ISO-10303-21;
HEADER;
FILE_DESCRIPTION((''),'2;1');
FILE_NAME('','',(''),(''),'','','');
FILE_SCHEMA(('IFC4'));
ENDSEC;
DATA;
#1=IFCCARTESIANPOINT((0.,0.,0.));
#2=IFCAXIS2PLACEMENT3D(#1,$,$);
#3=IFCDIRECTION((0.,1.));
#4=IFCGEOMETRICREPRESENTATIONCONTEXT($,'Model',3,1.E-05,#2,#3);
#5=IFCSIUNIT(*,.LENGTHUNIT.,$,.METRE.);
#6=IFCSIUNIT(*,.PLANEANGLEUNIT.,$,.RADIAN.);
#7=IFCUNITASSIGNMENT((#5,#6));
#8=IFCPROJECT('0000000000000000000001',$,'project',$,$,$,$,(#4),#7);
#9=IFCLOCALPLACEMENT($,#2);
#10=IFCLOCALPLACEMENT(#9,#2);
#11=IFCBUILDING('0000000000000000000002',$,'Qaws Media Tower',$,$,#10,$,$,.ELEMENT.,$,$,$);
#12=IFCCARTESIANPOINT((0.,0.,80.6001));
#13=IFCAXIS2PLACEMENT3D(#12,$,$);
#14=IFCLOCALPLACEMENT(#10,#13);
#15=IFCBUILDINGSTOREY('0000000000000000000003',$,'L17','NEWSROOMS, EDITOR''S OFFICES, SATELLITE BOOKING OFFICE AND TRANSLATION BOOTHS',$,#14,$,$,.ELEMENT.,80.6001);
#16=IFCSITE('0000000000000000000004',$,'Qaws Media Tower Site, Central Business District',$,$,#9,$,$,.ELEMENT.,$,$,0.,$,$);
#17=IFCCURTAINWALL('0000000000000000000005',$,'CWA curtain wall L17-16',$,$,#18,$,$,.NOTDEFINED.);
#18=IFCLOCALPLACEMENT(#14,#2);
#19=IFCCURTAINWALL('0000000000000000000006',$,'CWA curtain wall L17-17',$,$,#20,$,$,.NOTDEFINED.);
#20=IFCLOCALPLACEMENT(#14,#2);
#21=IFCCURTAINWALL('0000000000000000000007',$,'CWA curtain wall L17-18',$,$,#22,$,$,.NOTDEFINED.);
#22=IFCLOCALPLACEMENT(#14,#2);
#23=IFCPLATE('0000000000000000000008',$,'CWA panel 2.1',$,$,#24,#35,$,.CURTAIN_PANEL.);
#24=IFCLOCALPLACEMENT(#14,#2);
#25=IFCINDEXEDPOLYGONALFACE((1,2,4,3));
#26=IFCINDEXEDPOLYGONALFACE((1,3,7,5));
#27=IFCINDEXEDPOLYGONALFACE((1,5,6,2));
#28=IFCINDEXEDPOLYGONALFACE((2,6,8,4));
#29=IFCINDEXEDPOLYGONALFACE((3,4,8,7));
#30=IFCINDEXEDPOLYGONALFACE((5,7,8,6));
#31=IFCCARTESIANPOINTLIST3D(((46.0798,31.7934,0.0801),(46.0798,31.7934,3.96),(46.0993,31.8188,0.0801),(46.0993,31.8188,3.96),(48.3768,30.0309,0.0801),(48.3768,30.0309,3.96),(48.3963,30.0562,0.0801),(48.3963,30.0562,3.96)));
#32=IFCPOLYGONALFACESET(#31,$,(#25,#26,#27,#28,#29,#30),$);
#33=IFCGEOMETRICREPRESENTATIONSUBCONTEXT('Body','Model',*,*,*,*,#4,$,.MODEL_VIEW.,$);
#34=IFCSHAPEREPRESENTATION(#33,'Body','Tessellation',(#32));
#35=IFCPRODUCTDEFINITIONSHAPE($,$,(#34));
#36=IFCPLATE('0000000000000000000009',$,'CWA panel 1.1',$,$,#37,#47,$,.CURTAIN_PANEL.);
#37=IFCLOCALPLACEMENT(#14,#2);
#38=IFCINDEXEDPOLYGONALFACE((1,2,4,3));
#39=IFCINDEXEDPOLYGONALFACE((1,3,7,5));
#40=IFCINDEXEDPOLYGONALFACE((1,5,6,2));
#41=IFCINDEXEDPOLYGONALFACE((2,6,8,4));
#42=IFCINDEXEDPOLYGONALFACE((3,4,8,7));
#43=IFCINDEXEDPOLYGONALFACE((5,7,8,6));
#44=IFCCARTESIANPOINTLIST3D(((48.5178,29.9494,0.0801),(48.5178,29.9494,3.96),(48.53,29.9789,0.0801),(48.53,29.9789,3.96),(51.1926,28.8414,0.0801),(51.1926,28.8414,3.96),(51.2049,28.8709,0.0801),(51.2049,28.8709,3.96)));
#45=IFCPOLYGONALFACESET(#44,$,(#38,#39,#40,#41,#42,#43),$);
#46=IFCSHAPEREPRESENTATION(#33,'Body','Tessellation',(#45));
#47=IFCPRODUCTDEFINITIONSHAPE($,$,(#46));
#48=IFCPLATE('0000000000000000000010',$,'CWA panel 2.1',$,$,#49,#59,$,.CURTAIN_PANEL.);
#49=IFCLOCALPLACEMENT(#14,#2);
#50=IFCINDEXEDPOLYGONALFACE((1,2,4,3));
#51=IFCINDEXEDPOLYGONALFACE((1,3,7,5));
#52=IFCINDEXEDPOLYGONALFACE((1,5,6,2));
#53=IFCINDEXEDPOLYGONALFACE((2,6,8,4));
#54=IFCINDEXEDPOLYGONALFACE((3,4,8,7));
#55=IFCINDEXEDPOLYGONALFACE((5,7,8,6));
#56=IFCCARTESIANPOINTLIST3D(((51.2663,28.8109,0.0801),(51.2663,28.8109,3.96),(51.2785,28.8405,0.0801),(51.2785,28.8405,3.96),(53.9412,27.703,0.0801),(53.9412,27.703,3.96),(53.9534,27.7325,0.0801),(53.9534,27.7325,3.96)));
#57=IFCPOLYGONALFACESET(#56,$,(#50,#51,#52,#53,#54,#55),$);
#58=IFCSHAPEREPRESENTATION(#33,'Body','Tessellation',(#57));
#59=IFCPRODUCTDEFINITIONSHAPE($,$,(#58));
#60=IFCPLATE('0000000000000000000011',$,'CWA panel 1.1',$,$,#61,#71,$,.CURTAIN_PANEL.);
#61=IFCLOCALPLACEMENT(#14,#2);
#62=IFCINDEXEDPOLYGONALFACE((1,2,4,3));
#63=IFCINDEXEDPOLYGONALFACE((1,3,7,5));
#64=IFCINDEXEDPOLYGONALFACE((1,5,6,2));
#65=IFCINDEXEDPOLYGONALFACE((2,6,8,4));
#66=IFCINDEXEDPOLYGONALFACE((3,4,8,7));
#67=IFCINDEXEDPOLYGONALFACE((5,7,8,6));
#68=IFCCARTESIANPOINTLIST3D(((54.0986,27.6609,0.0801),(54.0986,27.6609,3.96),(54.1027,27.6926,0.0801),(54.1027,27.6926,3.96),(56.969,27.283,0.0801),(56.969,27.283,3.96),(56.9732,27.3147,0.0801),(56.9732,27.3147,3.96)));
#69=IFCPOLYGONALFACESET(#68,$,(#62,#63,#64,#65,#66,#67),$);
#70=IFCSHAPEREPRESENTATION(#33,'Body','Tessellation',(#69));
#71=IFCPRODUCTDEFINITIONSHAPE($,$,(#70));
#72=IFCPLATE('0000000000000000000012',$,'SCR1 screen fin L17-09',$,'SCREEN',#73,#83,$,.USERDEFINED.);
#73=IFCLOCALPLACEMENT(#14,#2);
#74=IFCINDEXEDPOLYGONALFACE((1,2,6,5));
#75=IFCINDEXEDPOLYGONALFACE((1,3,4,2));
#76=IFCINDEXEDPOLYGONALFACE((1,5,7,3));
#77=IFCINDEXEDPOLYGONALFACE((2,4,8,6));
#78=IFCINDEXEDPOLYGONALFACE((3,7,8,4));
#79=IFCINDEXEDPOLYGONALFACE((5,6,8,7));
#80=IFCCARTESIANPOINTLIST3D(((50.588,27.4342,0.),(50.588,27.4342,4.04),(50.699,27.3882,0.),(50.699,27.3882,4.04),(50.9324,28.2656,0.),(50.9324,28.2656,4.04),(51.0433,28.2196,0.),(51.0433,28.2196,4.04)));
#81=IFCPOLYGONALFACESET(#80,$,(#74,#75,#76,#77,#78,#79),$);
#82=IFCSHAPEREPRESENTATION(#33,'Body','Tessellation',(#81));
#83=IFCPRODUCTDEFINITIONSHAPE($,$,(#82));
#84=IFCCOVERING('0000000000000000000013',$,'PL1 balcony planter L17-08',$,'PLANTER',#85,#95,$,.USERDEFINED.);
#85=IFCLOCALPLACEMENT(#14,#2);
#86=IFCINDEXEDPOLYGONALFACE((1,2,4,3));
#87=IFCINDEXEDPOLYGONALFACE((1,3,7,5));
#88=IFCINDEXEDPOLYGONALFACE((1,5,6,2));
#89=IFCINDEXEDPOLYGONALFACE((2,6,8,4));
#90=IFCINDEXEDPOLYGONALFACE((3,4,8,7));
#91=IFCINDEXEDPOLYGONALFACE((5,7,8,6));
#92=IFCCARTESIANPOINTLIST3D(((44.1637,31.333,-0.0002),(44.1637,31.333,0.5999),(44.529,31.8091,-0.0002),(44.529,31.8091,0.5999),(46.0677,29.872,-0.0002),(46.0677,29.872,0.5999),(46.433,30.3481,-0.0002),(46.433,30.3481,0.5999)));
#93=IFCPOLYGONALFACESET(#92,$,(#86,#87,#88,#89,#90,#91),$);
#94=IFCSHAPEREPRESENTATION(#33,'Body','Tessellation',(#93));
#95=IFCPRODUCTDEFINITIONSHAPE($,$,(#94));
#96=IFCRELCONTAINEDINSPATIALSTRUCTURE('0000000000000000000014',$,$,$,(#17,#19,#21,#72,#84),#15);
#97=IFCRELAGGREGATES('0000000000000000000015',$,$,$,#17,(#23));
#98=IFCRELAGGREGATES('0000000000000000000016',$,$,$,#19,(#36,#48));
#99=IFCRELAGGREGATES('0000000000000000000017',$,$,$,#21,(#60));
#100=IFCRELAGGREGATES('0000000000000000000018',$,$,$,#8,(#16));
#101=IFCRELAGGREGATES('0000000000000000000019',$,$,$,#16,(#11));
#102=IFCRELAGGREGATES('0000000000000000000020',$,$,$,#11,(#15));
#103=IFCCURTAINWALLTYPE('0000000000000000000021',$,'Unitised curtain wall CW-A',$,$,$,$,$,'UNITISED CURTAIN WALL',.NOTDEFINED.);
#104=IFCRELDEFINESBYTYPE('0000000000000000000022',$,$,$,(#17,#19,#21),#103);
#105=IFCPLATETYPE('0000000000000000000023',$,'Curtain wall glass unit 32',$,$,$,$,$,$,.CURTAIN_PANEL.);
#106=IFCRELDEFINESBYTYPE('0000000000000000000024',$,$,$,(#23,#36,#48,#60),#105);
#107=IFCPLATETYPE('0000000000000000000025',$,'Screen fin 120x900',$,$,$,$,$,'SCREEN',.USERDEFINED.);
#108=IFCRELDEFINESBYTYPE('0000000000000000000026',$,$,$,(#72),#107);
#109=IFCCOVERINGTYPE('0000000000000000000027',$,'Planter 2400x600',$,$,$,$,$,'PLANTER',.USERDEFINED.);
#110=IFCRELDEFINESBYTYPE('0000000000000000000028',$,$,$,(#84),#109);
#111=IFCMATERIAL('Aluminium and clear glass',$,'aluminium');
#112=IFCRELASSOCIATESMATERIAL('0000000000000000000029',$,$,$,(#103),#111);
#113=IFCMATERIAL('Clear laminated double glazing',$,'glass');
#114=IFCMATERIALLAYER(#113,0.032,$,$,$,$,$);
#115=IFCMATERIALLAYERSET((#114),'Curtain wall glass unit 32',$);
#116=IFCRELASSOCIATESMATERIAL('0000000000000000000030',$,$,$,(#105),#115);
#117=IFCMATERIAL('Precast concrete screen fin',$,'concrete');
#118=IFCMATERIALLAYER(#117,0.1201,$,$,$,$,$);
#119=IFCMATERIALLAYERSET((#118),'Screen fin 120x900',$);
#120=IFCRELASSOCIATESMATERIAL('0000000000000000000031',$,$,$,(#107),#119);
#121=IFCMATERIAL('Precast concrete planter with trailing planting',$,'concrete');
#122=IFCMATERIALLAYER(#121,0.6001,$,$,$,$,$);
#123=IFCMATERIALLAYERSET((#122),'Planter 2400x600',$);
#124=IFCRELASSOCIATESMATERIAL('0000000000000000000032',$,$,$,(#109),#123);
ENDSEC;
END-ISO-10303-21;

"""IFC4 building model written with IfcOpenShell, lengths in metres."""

from ifc_helpers import new_model, si_unit, direction, frame, origin, origin_2d, place, context, subcontext, project, spatial, rectangle, extrude, material, layer, layer_set, type_object, element, aggregate, save


model = new_model("IFC4")

# Units and contexts
model_context = context("Model", 3, precision=1e-05, world=origin(), true_north=direction((0.0, 1.0)))
body_context = subcontext(model_context, "Body", "Model", "MODEL_VIEW")
ifc_project = project(units=[si_unit("LENGTHUNIT", "METRE"), si_unit("PLANEANGLEUNIT", "RADIAN")], contexts=[model_context])

# Site, building, storey
site_placement = place(None, origin())
site = spatial("IfcSite", under=ifc_project, at=site_placement, Name="Qaws Media Tower Site, Central Business District", CompositionType="ELEMENT", RefElevation=0.0)
building_placement = place(site_placement, origin())
building = spatial("IfcBuilding", under=site, at=building_placement, Name="Qaws Media Tower", CompositionType="ELEMENT")
storey_placement = place(building_placement, frame((0.0, 0.0, 80.6001)))
storey = spatial("IfcBuildingStorey", under=building, at=storey_placement, Name="L17", Description="NEWSROOMS, EDITOR'S OFFICES, SATELLITE BOOKING OFFICE AND TRANSLATION BOOTHS", CompositionType="ELEMENT", Elevation=80.6001)

# Curtain walls
ifc_material_1 = material(Name="Aluminium and clear glass", Category="aluminium")
curtain_wall_type = type_object("IfcCurtainWallType", Name="Unitised curtain wall CW-A", ElementType="UNITISED CURTAIN WALL", PredefinedType="NOTDEFINED", material=ifc_material_1)
curtain_wall_1_placement = place(storey_placement, origin())
curtain_wall_1 = element("IfcCurtainWall", 1, at=curtain_wall_1_placement, inside=storey, type_object=curtain_wall_type, Name="CWA curtain wall L17-16", PredefinedType="NOTDEFINED")
curtain_wall_2_placement = place(storey_placement, origin())
curtain_wall_2 = element("IfcCurtainWall", 2, at=curtain_wall_2_placement, inside=storey, type_object=curtain_wall_type, Name="CWA curtain wall L17-17", PredefinedType="NOTDEFINED")

# Curtain wall
curtain_wall_3_placement = place(storey_placement, origin())
curtain_wall_3 = element("IfcCurtainWall", 3, at=curtain_wall_3_placement, inside=storey, type_object=curtain_wall_type, Name="CWA curtain wall L17-18", PredefinedType="NOTDEFINED")

# Plates
ifc_material_2 = material(Name="Clear laminated double glazing", Category="glass")
ifc_layer_1 = layer(ifc_material_2, 0.032)
ifc_layer_set_1 = layer_set([ifc_layer_1], Name="Curtain wall glass unit 32")
plate_type_1 = type_object("IfcPlateType", Name="Curtain wall glass unit 32", PredefinedType="CURTAIN_PANEL", material=ifc_layer_set_1)
plate_1_placement = place(storey_placement, frame((47.238, 30.9248, 0.0801), z_axis=(0.0, 0.0, 1.0), x_axis=(0.793353, -0.608761, 0.0)))
plate_1 = element("IfcPlate", 4, at=plate_1_placement, type_object=plate_type_1, Name="CWA panel 2.1", PredefinedType="CURTAIN_PANEL", context=body_context, shape_type="SweptSolid", body=[
    extrude(rectangle(XDim=2.8953, YDim=0.032, at=origin_2d()), origin(), (0.0, 0.0, 1.0), 3.8799),
])
aggregate(curtain_wall_1, [plate_1])
plate_2_placement = place(storey_placement, frame((49.8613, 29.4102, 0.0801), z_axis=(0.0, 0.0, 1.0), x_axis=(0.92388, -0.382683, 0.0)))
plate_2 = element("IfcPlate", 5, at=plate_2_placement, type_object=plate_type_1, Name="CWA panel 1.1", PredefinedType="CURTAIN_PANEL", context=body_context, shape_type="SweptSolid", body=[
    extrude(rectangle(XDim=2.8953, YDim=0.032, at=origin_2d()), origin(), (0.0, 0.0, 1.0), 3.8799),
])
plate_3_placement = place(storey_placement, frame((52.6099, 28.2717, 0.0801), z_axis=(0.0, 0.0, 1.0), x_axis=(0.92388, -0.382683, 0.0)))
plate_3 = element("IfcPlate", 6, at=plate_3_placement, type_object=plate_type_1, Name="CWA panel 2.1", PredefinedType="CURTAIN_PANEL", context=body_context, shape_type="SweptSolid", body=[
    extrude(rectangle(XDim=2.8953, YDim=0.032, at=origin_2d()), origin(), (0.0, 0.0, 1.0), 3.8799),
])
aggregate(curtain_wall_2, [plate_2, plate_3])
plate_4_placement = place(storey_placement, frame((55.5359, 27.4878, 0.0801), z_axis=(0.0, 0.0, 1.0), x_axis=(0.991445, -0.130526, 0.0)))
plate_4 = element("IfcPlate", 7, at=plate_4_placement, type_object=plate_type_1, Name="CWA panel 1.1", PredefinedType="CURTAIN_PANEL", context=body_context, shape_type="SweptSolid", body=[
    extrude(rectangle(XDim=2.8953, YDim=0.032, at=origin_2d()), origin(), (0.0, 0.0, 1.0), 3.8799),
])
aggregate(curtain_wall_3, [plate_4])
ifc_material_3 = material(Name="Precast concrete screen fin", Category="concrete")
ifc_layer_2 = layer(ifc_material_3, 0.1201)
ifc_layer_set_2 = layer_set([ifc_layer_2], Name="Screen fin 120x900")
plate_type_2 = type_object("IfcPlateType", Name="Screen fin 120x900", ElementType="SCREEN", PredefinedType="USERDEFINED", material=ifc_layer_set_2)
plate_5_placement = place(storey_placement, frame((50.8157, 27.8269, 0.0), z_axis=(0.0, 0.0, 1.0), x_axis=(-0.382683, -0.92388, 0.0)))
element("IfcPlate", 8, at=plate_5_placement, inside=storey, type_object=plate_type_2, Name="SCR1 screen fin L17-09", ObjectType="SCREEN", PredefinedType="USERDEFINED", context=body_context, shape_type="SweptSolid", body=[
    extrude(rectangle(XDim=0.8999, YDim=0.1201, at=origin_2d()), origin(), (0.0, 0.0, 1.0), 4.04),
])

# Covering
ifc_material_4 = material(Name="Precast concrete planter with trailing planting", Category="concrete")
ifc_layer_3 = layer(ifc_material_4, 0.6001)
ifc_layer_set_3 = layer_set([ifc_layer_3], Name="Planter 2400x600")
covering_type = type_object("IfcCoveringType", Name="Planter 2400x600", ElementType="PLANTER", PredefinedType="USERDEFINED", material=ifc_layer_set_3)
covering_placement = place(storey_placement, frame((45.2983, 30.8406, -0.0002), z_axis=(0.0, 0.0, 1.0), x_axis=(0.793353, -0.608761, 0.0)))
element("IfcCovering", 9, at=covering_placement, inside=storey, type_object=covering_type, Name="PL1 balcony planter L17-08", ObjectType="PLANTER", PredefinedType="USERDEFINED", context=body_context, shape_type="SweptSolid", body=[
    extrude(rectangle(XDim=2.3999, YDim=0.6001, at=origin_2d()), origin(), (0.0, 0.0, 1.0), 0.6001),
])

save(model, "model.ifc")
